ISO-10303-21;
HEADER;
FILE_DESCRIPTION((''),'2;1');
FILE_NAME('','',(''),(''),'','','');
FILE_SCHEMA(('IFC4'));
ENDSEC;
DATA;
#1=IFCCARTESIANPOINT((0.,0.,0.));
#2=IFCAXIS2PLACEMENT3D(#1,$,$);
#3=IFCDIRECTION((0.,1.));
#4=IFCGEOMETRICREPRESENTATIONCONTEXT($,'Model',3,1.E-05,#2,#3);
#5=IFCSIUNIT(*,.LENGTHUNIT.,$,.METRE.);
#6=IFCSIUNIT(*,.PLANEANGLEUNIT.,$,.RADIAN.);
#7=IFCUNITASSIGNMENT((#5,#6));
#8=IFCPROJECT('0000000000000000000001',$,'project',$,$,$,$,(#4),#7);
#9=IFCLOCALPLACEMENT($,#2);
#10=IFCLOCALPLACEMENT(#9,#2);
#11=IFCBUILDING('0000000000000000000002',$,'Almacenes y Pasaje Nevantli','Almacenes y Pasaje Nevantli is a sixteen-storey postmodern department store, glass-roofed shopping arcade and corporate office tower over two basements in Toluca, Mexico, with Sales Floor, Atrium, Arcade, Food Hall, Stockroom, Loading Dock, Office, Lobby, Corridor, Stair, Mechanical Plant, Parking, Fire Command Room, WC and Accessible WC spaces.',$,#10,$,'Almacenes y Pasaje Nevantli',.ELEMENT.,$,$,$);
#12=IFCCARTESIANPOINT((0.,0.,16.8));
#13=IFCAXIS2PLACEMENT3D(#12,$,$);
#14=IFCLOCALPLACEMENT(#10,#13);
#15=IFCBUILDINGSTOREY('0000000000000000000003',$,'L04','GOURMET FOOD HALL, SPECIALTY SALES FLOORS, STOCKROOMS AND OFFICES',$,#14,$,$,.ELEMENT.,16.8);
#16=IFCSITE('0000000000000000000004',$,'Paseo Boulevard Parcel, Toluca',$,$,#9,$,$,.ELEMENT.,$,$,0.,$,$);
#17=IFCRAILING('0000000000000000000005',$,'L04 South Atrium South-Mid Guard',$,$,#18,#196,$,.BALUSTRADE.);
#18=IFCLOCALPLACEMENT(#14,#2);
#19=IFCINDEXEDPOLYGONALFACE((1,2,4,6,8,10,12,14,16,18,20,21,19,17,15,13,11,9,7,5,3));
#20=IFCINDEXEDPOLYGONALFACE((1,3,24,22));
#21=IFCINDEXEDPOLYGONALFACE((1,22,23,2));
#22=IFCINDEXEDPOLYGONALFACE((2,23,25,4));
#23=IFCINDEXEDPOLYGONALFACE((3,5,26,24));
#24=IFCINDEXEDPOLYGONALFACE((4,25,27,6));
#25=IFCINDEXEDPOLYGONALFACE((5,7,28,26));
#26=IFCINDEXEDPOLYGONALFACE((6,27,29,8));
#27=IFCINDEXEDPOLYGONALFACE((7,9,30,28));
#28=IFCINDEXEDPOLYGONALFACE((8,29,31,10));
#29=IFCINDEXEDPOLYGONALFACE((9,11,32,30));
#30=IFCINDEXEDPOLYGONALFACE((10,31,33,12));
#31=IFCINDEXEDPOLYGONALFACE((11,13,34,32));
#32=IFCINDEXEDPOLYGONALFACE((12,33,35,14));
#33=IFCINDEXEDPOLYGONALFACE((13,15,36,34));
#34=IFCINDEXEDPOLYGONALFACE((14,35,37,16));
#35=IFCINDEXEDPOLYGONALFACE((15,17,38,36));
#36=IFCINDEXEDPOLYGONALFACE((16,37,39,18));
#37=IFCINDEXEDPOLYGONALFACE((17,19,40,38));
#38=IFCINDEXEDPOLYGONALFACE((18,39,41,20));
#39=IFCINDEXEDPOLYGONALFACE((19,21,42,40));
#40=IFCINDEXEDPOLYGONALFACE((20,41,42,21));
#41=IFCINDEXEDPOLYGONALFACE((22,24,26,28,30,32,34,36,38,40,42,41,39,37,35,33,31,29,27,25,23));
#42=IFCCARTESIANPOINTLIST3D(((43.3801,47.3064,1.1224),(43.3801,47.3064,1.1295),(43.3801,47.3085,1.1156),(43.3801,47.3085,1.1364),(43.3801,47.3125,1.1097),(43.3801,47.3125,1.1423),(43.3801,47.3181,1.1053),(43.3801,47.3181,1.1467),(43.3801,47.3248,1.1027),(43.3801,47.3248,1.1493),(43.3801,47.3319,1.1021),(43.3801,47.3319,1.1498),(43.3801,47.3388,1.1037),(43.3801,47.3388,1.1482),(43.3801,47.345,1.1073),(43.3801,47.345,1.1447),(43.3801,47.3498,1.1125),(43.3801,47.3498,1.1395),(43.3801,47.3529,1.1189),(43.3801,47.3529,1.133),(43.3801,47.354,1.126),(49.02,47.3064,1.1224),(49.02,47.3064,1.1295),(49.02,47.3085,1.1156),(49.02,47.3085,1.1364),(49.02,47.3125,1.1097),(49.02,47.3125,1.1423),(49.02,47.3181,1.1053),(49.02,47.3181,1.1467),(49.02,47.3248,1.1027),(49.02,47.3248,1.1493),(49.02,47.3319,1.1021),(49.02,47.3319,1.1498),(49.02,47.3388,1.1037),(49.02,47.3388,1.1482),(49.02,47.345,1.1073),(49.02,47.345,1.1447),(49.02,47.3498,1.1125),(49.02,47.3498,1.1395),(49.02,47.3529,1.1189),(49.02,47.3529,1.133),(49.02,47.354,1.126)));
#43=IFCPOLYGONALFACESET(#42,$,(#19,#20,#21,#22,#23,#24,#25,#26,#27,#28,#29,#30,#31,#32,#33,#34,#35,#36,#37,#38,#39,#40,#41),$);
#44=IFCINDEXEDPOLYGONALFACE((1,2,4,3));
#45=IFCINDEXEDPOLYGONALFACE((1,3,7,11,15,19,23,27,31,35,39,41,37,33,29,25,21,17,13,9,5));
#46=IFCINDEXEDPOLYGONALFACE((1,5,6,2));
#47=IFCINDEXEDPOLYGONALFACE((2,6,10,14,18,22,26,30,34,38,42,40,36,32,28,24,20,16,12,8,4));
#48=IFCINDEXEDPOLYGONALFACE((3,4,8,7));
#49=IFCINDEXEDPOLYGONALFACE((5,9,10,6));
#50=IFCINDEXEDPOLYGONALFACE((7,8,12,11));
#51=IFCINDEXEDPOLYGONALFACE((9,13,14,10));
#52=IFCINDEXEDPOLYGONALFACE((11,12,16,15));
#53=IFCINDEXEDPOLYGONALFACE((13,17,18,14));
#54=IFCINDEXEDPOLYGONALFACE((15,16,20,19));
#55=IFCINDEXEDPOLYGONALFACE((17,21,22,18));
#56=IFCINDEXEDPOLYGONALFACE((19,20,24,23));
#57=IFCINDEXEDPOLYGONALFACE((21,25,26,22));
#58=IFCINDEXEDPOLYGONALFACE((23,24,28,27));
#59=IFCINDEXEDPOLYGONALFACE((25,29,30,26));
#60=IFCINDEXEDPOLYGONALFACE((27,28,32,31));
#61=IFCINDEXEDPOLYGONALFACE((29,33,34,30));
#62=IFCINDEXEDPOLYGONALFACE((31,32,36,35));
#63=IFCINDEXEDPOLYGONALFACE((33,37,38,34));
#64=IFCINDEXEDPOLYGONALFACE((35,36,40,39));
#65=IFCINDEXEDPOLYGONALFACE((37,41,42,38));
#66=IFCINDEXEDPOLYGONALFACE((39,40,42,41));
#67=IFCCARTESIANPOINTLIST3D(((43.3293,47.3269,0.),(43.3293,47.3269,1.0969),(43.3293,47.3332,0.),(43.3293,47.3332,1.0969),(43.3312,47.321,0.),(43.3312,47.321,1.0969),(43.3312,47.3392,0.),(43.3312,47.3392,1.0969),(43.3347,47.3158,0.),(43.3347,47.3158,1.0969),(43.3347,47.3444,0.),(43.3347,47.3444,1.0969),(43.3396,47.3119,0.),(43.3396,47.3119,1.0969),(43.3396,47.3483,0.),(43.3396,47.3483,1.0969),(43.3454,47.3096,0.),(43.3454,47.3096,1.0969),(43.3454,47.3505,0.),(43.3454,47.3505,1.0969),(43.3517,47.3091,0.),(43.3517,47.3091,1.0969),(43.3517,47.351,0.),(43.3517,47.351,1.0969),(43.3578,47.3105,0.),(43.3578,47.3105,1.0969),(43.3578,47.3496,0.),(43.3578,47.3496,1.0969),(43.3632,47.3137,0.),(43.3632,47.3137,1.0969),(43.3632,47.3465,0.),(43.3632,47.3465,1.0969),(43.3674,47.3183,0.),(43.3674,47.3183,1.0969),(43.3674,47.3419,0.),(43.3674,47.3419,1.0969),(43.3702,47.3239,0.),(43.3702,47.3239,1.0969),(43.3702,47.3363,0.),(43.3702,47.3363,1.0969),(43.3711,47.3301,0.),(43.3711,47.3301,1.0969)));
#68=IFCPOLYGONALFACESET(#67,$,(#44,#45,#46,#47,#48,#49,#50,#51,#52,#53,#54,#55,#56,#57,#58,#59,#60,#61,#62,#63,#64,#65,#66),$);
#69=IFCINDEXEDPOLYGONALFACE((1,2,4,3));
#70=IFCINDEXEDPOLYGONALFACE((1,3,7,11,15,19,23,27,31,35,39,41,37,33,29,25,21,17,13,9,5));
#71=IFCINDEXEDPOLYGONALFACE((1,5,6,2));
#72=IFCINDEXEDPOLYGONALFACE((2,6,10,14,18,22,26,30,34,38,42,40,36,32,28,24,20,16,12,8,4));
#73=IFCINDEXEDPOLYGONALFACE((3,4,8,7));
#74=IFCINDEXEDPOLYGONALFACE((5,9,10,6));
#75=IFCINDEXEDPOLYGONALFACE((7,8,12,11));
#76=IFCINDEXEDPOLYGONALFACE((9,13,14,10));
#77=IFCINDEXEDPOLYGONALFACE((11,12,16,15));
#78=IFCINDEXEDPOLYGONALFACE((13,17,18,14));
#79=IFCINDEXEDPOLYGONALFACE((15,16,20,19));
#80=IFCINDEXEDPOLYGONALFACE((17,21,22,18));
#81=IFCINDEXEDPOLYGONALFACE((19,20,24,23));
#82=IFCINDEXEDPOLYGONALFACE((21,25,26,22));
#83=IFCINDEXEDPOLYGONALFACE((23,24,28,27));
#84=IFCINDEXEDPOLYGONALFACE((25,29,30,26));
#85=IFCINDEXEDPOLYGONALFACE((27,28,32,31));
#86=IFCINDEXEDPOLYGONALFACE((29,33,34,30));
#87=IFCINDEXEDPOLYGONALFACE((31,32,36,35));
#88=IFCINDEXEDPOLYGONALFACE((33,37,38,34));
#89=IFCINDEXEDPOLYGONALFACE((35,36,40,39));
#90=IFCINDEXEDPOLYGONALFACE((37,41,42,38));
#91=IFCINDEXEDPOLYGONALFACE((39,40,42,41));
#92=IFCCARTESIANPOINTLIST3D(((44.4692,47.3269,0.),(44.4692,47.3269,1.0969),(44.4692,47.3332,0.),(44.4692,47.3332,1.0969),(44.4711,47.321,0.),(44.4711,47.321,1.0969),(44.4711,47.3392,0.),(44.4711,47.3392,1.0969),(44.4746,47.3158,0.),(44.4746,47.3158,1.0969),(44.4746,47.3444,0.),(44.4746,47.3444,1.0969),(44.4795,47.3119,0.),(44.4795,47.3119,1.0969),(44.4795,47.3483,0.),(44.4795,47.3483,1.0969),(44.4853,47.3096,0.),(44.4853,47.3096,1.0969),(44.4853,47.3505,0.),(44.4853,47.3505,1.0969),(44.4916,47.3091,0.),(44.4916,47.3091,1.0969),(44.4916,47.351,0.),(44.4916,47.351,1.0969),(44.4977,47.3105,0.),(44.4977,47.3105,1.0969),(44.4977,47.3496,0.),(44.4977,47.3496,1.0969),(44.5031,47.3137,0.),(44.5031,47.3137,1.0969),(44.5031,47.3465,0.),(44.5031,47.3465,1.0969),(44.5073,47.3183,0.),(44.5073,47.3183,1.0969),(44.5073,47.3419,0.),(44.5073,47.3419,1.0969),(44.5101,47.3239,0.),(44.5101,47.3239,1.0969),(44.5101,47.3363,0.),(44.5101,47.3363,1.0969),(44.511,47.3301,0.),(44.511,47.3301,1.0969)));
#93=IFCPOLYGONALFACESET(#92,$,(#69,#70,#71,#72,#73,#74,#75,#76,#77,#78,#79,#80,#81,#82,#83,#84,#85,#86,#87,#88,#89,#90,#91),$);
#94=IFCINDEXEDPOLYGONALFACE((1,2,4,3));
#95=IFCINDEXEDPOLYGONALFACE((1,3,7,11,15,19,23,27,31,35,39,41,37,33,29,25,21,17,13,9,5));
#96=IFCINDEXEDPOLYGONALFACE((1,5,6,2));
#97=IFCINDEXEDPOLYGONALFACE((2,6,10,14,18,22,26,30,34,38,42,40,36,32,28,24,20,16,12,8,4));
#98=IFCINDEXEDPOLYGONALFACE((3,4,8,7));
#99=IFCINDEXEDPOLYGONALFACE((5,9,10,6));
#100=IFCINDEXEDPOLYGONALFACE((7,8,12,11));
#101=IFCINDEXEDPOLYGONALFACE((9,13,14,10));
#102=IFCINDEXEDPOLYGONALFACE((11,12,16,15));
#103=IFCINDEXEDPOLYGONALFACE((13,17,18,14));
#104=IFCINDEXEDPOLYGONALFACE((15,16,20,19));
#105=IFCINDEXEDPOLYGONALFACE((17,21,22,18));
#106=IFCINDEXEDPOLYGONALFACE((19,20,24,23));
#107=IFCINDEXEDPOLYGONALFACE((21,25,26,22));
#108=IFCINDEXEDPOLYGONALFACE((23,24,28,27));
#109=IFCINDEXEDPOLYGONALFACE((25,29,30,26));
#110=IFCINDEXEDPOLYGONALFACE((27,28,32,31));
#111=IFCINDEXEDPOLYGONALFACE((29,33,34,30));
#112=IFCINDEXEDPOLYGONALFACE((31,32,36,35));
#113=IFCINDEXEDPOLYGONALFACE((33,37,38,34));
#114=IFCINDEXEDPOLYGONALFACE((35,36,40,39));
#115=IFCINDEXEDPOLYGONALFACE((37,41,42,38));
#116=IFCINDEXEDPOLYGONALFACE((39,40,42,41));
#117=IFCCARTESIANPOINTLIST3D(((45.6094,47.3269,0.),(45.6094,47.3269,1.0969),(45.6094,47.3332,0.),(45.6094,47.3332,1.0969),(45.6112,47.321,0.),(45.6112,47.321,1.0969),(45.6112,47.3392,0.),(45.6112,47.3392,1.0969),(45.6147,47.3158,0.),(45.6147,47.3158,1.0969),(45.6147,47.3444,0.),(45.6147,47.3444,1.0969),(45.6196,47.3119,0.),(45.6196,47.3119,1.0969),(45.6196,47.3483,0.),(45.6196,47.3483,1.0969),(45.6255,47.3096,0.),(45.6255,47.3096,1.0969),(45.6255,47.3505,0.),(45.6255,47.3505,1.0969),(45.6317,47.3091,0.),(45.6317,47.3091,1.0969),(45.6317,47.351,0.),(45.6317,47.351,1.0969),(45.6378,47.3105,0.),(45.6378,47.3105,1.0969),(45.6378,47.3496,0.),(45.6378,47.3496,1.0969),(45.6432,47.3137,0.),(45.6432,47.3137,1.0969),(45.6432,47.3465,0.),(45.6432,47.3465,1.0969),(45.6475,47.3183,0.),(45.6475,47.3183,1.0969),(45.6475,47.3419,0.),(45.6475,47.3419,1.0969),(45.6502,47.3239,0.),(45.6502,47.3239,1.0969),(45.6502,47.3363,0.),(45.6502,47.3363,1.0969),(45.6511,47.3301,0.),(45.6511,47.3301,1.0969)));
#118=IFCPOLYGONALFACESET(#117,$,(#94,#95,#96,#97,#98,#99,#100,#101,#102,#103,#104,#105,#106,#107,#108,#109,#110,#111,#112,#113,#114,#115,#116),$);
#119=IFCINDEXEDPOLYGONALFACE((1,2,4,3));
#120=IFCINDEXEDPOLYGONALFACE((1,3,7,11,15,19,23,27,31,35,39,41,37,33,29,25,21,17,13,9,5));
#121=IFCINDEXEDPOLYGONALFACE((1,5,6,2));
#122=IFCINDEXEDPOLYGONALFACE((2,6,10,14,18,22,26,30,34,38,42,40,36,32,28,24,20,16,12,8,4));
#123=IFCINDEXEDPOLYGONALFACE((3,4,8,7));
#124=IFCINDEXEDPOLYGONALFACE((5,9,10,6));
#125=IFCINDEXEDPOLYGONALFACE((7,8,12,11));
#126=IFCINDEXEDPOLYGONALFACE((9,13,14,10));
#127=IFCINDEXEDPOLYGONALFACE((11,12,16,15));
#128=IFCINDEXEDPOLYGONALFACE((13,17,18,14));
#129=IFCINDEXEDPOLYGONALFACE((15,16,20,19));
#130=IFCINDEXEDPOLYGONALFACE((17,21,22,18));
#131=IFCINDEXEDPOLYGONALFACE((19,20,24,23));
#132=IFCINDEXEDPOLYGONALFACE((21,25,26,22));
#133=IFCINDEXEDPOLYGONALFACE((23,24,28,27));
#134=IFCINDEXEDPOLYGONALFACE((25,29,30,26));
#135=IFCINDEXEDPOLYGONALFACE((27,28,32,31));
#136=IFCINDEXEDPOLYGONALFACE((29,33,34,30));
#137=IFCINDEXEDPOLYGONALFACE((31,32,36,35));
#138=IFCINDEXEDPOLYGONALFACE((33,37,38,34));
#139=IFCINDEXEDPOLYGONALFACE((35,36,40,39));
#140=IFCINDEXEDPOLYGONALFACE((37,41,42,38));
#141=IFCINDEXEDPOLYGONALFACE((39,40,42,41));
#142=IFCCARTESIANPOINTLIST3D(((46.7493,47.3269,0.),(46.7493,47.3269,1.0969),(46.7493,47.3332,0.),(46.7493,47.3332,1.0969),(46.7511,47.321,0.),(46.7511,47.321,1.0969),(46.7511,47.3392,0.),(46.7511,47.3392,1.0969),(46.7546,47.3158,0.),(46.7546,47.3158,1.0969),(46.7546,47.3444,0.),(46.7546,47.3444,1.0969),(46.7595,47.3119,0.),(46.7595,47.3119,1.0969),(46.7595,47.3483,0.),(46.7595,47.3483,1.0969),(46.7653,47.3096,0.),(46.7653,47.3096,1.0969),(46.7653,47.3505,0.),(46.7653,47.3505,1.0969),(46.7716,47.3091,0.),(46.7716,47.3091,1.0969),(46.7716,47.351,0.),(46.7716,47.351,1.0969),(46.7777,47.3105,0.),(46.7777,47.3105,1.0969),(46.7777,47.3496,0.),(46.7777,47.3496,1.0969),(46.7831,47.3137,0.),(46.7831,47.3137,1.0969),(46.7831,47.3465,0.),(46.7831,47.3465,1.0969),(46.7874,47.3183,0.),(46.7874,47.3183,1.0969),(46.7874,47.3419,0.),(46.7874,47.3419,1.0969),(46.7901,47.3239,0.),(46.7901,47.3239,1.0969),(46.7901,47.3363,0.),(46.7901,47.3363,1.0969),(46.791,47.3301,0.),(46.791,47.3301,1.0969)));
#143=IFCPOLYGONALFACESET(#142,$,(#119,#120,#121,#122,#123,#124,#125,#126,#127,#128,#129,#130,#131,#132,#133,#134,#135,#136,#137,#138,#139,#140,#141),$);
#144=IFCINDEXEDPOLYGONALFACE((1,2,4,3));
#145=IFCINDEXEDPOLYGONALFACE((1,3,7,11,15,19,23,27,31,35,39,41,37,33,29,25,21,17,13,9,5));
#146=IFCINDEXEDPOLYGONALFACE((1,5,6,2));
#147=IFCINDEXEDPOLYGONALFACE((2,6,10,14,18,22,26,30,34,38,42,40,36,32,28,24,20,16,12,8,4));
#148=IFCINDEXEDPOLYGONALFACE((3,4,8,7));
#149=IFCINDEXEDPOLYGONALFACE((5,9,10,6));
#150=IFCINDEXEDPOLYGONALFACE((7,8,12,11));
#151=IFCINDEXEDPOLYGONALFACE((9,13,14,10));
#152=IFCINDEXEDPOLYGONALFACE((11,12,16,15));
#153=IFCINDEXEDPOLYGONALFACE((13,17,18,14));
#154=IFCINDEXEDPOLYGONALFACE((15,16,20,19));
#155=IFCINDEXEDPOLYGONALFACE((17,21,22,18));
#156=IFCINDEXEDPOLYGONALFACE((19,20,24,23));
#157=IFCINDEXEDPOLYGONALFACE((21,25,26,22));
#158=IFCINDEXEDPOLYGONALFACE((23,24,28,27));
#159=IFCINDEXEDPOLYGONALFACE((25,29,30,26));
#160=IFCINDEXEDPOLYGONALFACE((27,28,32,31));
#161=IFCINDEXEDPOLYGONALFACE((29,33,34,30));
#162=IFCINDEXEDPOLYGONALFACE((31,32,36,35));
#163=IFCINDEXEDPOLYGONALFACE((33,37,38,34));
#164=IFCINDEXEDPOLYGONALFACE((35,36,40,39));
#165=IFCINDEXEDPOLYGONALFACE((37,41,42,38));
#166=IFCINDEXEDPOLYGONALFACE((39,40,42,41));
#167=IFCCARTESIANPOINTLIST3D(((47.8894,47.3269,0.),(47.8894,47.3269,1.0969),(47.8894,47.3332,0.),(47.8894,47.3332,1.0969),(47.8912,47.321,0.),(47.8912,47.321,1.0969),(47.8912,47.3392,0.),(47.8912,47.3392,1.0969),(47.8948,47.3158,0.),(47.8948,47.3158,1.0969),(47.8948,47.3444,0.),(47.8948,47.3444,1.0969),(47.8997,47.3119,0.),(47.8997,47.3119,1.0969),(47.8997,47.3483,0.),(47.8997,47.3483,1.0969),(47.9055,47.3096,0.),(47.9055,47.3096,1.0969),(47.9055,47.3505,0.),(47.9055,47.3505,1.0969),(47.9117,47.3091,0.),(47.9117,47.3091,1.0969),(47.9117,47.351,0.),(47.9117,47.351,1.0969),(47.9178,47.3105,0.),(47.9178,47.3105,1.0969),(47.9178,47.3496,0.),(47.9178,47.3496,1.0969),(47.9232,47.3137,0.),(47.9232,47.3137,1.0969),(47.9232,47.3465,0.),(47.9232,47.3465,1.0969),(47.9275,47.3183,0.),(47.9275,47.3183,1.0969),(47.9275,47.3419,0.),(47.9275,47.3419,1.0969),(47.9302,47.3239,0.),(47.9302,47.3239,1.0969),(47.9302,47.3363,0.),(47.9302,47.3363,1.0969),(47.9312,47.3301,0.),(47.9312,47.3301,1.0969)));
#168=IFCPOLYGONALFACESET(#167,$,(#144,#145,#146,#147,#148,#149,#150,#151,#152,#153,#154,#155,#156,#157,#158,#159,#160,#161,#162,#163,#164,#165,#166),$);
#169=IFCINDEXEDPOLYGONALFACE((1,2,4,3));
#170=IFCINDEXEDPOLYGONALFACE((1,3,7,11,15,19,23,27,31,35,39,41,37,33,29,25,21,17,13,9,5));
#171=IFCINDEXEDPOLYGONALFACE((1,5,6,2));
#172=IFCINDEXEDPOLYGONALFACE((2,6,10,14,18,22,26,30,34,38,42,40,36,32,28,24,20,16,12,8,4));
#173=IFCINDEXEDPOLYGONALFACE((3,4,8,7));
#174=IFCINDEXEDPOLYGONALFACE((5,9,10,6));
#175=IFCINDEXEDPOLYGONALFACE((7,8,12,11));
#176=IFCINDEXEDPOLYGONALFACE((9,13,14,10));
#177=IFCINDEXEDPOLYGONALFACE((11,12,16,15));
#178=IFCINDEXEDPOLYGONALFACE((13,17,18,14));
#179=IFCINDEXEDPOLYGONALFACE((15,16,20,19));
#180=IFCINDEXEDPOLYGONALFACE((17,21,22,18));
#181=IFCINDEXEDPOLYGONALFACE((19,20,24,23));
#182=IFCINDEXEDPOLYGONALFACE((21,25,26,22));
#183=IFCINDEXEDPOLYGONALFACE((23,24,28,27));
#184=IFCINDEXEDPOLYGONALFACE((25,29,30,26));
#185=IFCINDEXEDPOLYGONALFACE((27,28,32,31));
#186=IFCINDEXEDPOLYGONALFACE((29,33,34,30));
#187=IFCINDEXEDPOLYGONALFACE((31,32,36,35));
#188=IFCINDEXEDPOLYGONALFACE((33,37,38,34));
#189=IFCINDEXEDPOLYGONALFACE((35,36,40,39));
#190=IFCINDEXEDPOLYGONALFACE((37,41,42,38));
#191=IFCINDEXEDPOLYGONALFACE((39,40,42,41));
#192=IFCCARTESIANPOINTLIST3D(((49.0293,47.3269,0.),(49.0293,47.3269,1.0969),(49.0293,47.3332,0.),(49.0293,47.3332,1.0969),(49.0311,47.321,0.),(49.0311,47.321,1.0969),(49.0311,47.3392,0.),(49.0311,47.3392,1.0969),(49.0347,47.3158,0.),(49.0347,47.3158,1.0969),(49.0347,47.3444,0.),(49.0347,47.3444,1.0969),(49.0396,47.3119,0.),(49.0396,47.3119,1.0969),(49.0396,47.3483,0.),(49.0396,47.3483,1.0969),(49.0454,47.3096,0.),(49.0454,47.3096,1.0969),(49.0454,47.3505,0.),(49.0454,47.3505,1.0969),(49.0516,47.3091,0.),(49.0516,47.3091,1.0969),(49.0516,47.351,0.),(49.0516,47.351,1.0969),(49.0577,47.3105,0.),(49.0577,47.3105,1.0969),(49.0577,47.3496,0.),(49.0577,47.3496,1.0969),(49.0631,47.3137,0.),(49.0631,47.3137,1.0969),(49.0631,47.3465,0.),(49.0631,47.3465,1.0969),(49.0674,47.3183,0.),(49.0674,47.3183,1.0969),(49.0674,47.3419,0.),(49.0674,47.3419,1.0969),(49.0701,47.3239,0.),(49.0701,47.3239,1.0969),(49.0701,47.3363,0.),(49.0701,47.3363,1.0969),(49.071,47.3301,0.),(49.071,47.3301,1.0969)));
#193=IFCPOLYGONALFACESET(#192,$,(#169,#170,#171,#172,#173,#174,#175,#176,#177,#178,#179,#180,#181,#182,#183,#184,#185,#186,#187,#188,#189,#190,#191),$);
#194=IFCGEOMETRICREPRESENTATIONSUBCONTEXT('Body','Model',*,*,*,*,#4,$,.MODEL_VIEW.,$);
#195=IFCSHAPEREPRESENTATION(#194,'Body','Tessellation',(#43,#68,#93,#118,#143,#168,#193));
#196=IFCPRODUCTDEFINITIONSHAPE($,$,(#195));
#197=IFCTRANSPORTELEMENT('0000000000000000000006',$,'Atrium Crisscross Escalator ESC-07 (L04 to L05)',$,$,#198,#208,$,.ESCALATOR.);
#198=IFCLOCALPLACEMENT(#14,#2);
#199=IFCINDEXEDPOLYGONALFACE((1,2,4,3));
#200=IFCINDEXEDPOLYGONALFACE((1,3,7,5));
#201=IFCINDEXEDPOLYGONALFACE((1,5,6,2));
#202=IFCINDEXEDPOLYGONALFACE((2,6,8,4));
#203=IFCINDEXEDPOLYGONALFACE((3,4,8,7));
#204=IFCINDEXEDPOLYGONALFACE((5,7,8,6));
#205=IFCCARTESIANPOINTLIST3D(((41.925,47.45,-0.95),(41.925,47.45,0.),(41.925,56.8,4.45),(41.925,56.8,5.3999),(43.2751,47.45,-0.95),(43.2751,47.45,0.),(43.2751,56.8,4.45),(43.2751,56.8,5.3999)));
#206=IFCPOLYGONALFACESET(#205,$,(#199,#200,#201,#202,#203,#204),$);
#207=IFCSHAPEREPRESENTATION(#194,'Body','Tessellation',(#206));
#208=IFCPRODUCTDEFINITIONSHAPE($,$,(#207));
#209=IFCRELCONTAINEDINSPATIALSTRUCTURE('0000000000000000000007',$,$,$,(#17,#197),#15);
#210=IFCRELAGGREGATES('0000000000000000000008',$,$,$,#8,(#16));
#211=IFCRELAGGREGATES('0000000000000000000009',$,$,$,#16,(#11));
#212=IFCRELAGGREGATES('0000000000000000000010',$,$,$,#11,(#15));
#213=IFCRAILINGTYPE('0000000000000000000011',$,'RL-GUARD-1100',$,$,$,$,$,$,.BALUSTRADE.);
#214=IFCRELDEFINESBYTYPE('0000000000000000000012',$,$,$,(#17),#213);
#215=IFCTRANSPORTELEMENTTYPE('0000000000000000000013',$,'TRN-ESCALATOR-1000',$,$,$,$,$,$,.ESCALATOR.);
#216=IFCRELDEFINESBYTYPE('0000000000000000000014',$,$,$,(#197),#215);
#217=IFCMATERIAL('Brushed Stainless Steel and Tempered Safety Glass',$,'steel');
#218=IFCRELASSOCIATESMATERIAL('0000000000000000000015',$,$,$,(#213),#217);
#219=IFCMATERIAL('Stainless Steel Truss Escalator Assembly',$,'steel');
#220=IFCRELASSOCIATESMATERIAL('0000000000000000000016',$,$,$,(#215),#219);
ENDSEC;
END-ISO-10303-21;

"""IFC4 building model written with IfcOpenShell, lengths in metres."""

from ifc_helpers import new_model, si_unit, direction, frame, origin, origin_2d, place, context, subcontext, project, spatial, polyline, circle, outline, extrude, material, type_object, element, save


model = new_model("IFC4")

# Units and contexts
model_context = context("Model", 3, precision=1e-05, world=origin(), true_north=direction((0.0, 1.0)))
body_context = subcontext(model_context, "Body", "Model", "MODEL_VIEW")
ifc_project = project(units=[si_unit("LENGTHUNIT", "METRE"), si_unit("PLANEANGLEUNIT", "RADIAN")], contexts=[model_context])

# Site, building, storey
site_placement = place(None, origin())
site = spatial("IfcSite", under=ifc_project, at=site_placement, Name="Paseo Boulevard Parcel, Toluca", CompositionType="ELEMENT", RefElevation=0.0)
building_placement = place(site_placement, origin())
building = spatial("IfcBuilding", under=site, at=building_placement, Name="Almacenes y Pasaje Nevantli", Description="Almacenes y Pasaje Nevantli is a sixteen-storey postmodern department store, glass-roofed shopping arcade and corporate office tower over two basements in Toluca, Mexico, with Sales Floor, Atrium, Arcade, Food Hall, Stockroom, Loading Dock, Office, Lobby, Corridor, Stair, Mechanical Plant, Parking, Fire Command Room, WC and Accessible WC spaces.", LongName="Almacenes y Pasaje Nevantli", CompositionType="ELEMENT")
storey_placement = place(building_placement, frame((0.0, 0.0, 16.8)))
storey = spatial("IfcBuildingStorey", under=building, at=storey_placement, Name="L04", Description="GOURMET FOOD HALL, SPECIALTY SALES FLOORS, STOCKROOMS AND OFFICES", CompositionType="ELEMENT", Elevation=16.8)

# Railing
ifc_material_1 = material(Name="Brushed Stainless Steel and Tempered Safety Glass", Category="steel")
railing_type = type_object("IfcRailingType", Name="RL-GUARD-1100", PredefinedType="BALUSTRADE", material=ifc_material_1)
railing_1_placement = place(storey_placement, frame((43.3501, 47.3301, 0.0)))
element("IfcRailing", 1, at=railing_1_placement, inside=storey, type_object=railing_type, Name="L04 South Atrium South-Mid Guard", PredefinedType="BALUSTRADE", context=body_context, shape_type="SweptSolid", body=[
    extrude(circle(Radius=0.0239, at=origin_2d()), frame((0.03, 0.0, 1.126), z_axis=(1.0, 0.0, 0.0), x_axis=(0.0, 1.0, 0.0)), (0.0, 0.0, 1.0), 5.6399),
    extrude(circle(Radius=0.021, at=origin_2d()), origin(), (0.0, 0.0, 1.0), 1.0969),
    extrude(circle(Radius=0.021, at=origin_2d()), frame((1.1399, 0.0, 0.0)), (0.0, 0.0, 1.0), 1.0969),
    extrude(circle(Radius=0.021, at=origin_2d()), frame((2.28, 0.0, 0.0)), (0.0, 0.0, 1.0), 1.0969),
    extrude(circle(Radius=0.021, at=origin_2d()), frame((3.4199, 0.0, 0.0)), (0.0, 0.0, 1.0), 1.0969),
    extrude(circle(Radius=0.021, at=origin_2d()), frame((4.5601, 0.0, 0.0)), (0.0, 0.0, 1.0), 1.0969),
    extrude(circle(Radius=0.021, at=origin_2d()), frame((5.7, 0.0, 0.0)), (0.0, 0.0, 1.0), 1.0969),
])

# Transport element
ifc_material_2 = material(Name="Stainless Steel Truss Escalator Assembly", Category="steel")
transport_element_type = type_object("IfcTransportElementType", Name="TRN-ESCALATOR-1000", PredefinedType="ESCALATOR", material=ifc_material_2)
for number, where, z_axis, x_axis, name in (
    (2, (42.6001, 47.45, 0.0), (0.0, 0.0, 1.0), (0.0, 1.0, 0.0), "Atrium Crisscross Escalator ESC-07 (L04 to L05)"),
):
    element("IfcTransportElement", number, at=place(storey_placement, frame(where, z_axis=z_axis, x_axis=x_axis)), inside=storey, type_object=transport_element_type, Name=name, PredefinedType="ESCALATOR", context=body_context, shape_type="SweptSolid", body=[
        extrude(outline(polyline([(0.0, -0.95), (9.3501, 4.45), (9.3501, 5.3999), (0.0, 0.0), (0.0, -0.95)])), frame((0.0, 0.675, 0.0), z_axis=(0.0, -1.0, 0.0), x_axis=(1.0, 0.0, 0.0)), (0.0, 0.0, 1.0), 1.3501),
    ])

save(model, "model.ifc")
